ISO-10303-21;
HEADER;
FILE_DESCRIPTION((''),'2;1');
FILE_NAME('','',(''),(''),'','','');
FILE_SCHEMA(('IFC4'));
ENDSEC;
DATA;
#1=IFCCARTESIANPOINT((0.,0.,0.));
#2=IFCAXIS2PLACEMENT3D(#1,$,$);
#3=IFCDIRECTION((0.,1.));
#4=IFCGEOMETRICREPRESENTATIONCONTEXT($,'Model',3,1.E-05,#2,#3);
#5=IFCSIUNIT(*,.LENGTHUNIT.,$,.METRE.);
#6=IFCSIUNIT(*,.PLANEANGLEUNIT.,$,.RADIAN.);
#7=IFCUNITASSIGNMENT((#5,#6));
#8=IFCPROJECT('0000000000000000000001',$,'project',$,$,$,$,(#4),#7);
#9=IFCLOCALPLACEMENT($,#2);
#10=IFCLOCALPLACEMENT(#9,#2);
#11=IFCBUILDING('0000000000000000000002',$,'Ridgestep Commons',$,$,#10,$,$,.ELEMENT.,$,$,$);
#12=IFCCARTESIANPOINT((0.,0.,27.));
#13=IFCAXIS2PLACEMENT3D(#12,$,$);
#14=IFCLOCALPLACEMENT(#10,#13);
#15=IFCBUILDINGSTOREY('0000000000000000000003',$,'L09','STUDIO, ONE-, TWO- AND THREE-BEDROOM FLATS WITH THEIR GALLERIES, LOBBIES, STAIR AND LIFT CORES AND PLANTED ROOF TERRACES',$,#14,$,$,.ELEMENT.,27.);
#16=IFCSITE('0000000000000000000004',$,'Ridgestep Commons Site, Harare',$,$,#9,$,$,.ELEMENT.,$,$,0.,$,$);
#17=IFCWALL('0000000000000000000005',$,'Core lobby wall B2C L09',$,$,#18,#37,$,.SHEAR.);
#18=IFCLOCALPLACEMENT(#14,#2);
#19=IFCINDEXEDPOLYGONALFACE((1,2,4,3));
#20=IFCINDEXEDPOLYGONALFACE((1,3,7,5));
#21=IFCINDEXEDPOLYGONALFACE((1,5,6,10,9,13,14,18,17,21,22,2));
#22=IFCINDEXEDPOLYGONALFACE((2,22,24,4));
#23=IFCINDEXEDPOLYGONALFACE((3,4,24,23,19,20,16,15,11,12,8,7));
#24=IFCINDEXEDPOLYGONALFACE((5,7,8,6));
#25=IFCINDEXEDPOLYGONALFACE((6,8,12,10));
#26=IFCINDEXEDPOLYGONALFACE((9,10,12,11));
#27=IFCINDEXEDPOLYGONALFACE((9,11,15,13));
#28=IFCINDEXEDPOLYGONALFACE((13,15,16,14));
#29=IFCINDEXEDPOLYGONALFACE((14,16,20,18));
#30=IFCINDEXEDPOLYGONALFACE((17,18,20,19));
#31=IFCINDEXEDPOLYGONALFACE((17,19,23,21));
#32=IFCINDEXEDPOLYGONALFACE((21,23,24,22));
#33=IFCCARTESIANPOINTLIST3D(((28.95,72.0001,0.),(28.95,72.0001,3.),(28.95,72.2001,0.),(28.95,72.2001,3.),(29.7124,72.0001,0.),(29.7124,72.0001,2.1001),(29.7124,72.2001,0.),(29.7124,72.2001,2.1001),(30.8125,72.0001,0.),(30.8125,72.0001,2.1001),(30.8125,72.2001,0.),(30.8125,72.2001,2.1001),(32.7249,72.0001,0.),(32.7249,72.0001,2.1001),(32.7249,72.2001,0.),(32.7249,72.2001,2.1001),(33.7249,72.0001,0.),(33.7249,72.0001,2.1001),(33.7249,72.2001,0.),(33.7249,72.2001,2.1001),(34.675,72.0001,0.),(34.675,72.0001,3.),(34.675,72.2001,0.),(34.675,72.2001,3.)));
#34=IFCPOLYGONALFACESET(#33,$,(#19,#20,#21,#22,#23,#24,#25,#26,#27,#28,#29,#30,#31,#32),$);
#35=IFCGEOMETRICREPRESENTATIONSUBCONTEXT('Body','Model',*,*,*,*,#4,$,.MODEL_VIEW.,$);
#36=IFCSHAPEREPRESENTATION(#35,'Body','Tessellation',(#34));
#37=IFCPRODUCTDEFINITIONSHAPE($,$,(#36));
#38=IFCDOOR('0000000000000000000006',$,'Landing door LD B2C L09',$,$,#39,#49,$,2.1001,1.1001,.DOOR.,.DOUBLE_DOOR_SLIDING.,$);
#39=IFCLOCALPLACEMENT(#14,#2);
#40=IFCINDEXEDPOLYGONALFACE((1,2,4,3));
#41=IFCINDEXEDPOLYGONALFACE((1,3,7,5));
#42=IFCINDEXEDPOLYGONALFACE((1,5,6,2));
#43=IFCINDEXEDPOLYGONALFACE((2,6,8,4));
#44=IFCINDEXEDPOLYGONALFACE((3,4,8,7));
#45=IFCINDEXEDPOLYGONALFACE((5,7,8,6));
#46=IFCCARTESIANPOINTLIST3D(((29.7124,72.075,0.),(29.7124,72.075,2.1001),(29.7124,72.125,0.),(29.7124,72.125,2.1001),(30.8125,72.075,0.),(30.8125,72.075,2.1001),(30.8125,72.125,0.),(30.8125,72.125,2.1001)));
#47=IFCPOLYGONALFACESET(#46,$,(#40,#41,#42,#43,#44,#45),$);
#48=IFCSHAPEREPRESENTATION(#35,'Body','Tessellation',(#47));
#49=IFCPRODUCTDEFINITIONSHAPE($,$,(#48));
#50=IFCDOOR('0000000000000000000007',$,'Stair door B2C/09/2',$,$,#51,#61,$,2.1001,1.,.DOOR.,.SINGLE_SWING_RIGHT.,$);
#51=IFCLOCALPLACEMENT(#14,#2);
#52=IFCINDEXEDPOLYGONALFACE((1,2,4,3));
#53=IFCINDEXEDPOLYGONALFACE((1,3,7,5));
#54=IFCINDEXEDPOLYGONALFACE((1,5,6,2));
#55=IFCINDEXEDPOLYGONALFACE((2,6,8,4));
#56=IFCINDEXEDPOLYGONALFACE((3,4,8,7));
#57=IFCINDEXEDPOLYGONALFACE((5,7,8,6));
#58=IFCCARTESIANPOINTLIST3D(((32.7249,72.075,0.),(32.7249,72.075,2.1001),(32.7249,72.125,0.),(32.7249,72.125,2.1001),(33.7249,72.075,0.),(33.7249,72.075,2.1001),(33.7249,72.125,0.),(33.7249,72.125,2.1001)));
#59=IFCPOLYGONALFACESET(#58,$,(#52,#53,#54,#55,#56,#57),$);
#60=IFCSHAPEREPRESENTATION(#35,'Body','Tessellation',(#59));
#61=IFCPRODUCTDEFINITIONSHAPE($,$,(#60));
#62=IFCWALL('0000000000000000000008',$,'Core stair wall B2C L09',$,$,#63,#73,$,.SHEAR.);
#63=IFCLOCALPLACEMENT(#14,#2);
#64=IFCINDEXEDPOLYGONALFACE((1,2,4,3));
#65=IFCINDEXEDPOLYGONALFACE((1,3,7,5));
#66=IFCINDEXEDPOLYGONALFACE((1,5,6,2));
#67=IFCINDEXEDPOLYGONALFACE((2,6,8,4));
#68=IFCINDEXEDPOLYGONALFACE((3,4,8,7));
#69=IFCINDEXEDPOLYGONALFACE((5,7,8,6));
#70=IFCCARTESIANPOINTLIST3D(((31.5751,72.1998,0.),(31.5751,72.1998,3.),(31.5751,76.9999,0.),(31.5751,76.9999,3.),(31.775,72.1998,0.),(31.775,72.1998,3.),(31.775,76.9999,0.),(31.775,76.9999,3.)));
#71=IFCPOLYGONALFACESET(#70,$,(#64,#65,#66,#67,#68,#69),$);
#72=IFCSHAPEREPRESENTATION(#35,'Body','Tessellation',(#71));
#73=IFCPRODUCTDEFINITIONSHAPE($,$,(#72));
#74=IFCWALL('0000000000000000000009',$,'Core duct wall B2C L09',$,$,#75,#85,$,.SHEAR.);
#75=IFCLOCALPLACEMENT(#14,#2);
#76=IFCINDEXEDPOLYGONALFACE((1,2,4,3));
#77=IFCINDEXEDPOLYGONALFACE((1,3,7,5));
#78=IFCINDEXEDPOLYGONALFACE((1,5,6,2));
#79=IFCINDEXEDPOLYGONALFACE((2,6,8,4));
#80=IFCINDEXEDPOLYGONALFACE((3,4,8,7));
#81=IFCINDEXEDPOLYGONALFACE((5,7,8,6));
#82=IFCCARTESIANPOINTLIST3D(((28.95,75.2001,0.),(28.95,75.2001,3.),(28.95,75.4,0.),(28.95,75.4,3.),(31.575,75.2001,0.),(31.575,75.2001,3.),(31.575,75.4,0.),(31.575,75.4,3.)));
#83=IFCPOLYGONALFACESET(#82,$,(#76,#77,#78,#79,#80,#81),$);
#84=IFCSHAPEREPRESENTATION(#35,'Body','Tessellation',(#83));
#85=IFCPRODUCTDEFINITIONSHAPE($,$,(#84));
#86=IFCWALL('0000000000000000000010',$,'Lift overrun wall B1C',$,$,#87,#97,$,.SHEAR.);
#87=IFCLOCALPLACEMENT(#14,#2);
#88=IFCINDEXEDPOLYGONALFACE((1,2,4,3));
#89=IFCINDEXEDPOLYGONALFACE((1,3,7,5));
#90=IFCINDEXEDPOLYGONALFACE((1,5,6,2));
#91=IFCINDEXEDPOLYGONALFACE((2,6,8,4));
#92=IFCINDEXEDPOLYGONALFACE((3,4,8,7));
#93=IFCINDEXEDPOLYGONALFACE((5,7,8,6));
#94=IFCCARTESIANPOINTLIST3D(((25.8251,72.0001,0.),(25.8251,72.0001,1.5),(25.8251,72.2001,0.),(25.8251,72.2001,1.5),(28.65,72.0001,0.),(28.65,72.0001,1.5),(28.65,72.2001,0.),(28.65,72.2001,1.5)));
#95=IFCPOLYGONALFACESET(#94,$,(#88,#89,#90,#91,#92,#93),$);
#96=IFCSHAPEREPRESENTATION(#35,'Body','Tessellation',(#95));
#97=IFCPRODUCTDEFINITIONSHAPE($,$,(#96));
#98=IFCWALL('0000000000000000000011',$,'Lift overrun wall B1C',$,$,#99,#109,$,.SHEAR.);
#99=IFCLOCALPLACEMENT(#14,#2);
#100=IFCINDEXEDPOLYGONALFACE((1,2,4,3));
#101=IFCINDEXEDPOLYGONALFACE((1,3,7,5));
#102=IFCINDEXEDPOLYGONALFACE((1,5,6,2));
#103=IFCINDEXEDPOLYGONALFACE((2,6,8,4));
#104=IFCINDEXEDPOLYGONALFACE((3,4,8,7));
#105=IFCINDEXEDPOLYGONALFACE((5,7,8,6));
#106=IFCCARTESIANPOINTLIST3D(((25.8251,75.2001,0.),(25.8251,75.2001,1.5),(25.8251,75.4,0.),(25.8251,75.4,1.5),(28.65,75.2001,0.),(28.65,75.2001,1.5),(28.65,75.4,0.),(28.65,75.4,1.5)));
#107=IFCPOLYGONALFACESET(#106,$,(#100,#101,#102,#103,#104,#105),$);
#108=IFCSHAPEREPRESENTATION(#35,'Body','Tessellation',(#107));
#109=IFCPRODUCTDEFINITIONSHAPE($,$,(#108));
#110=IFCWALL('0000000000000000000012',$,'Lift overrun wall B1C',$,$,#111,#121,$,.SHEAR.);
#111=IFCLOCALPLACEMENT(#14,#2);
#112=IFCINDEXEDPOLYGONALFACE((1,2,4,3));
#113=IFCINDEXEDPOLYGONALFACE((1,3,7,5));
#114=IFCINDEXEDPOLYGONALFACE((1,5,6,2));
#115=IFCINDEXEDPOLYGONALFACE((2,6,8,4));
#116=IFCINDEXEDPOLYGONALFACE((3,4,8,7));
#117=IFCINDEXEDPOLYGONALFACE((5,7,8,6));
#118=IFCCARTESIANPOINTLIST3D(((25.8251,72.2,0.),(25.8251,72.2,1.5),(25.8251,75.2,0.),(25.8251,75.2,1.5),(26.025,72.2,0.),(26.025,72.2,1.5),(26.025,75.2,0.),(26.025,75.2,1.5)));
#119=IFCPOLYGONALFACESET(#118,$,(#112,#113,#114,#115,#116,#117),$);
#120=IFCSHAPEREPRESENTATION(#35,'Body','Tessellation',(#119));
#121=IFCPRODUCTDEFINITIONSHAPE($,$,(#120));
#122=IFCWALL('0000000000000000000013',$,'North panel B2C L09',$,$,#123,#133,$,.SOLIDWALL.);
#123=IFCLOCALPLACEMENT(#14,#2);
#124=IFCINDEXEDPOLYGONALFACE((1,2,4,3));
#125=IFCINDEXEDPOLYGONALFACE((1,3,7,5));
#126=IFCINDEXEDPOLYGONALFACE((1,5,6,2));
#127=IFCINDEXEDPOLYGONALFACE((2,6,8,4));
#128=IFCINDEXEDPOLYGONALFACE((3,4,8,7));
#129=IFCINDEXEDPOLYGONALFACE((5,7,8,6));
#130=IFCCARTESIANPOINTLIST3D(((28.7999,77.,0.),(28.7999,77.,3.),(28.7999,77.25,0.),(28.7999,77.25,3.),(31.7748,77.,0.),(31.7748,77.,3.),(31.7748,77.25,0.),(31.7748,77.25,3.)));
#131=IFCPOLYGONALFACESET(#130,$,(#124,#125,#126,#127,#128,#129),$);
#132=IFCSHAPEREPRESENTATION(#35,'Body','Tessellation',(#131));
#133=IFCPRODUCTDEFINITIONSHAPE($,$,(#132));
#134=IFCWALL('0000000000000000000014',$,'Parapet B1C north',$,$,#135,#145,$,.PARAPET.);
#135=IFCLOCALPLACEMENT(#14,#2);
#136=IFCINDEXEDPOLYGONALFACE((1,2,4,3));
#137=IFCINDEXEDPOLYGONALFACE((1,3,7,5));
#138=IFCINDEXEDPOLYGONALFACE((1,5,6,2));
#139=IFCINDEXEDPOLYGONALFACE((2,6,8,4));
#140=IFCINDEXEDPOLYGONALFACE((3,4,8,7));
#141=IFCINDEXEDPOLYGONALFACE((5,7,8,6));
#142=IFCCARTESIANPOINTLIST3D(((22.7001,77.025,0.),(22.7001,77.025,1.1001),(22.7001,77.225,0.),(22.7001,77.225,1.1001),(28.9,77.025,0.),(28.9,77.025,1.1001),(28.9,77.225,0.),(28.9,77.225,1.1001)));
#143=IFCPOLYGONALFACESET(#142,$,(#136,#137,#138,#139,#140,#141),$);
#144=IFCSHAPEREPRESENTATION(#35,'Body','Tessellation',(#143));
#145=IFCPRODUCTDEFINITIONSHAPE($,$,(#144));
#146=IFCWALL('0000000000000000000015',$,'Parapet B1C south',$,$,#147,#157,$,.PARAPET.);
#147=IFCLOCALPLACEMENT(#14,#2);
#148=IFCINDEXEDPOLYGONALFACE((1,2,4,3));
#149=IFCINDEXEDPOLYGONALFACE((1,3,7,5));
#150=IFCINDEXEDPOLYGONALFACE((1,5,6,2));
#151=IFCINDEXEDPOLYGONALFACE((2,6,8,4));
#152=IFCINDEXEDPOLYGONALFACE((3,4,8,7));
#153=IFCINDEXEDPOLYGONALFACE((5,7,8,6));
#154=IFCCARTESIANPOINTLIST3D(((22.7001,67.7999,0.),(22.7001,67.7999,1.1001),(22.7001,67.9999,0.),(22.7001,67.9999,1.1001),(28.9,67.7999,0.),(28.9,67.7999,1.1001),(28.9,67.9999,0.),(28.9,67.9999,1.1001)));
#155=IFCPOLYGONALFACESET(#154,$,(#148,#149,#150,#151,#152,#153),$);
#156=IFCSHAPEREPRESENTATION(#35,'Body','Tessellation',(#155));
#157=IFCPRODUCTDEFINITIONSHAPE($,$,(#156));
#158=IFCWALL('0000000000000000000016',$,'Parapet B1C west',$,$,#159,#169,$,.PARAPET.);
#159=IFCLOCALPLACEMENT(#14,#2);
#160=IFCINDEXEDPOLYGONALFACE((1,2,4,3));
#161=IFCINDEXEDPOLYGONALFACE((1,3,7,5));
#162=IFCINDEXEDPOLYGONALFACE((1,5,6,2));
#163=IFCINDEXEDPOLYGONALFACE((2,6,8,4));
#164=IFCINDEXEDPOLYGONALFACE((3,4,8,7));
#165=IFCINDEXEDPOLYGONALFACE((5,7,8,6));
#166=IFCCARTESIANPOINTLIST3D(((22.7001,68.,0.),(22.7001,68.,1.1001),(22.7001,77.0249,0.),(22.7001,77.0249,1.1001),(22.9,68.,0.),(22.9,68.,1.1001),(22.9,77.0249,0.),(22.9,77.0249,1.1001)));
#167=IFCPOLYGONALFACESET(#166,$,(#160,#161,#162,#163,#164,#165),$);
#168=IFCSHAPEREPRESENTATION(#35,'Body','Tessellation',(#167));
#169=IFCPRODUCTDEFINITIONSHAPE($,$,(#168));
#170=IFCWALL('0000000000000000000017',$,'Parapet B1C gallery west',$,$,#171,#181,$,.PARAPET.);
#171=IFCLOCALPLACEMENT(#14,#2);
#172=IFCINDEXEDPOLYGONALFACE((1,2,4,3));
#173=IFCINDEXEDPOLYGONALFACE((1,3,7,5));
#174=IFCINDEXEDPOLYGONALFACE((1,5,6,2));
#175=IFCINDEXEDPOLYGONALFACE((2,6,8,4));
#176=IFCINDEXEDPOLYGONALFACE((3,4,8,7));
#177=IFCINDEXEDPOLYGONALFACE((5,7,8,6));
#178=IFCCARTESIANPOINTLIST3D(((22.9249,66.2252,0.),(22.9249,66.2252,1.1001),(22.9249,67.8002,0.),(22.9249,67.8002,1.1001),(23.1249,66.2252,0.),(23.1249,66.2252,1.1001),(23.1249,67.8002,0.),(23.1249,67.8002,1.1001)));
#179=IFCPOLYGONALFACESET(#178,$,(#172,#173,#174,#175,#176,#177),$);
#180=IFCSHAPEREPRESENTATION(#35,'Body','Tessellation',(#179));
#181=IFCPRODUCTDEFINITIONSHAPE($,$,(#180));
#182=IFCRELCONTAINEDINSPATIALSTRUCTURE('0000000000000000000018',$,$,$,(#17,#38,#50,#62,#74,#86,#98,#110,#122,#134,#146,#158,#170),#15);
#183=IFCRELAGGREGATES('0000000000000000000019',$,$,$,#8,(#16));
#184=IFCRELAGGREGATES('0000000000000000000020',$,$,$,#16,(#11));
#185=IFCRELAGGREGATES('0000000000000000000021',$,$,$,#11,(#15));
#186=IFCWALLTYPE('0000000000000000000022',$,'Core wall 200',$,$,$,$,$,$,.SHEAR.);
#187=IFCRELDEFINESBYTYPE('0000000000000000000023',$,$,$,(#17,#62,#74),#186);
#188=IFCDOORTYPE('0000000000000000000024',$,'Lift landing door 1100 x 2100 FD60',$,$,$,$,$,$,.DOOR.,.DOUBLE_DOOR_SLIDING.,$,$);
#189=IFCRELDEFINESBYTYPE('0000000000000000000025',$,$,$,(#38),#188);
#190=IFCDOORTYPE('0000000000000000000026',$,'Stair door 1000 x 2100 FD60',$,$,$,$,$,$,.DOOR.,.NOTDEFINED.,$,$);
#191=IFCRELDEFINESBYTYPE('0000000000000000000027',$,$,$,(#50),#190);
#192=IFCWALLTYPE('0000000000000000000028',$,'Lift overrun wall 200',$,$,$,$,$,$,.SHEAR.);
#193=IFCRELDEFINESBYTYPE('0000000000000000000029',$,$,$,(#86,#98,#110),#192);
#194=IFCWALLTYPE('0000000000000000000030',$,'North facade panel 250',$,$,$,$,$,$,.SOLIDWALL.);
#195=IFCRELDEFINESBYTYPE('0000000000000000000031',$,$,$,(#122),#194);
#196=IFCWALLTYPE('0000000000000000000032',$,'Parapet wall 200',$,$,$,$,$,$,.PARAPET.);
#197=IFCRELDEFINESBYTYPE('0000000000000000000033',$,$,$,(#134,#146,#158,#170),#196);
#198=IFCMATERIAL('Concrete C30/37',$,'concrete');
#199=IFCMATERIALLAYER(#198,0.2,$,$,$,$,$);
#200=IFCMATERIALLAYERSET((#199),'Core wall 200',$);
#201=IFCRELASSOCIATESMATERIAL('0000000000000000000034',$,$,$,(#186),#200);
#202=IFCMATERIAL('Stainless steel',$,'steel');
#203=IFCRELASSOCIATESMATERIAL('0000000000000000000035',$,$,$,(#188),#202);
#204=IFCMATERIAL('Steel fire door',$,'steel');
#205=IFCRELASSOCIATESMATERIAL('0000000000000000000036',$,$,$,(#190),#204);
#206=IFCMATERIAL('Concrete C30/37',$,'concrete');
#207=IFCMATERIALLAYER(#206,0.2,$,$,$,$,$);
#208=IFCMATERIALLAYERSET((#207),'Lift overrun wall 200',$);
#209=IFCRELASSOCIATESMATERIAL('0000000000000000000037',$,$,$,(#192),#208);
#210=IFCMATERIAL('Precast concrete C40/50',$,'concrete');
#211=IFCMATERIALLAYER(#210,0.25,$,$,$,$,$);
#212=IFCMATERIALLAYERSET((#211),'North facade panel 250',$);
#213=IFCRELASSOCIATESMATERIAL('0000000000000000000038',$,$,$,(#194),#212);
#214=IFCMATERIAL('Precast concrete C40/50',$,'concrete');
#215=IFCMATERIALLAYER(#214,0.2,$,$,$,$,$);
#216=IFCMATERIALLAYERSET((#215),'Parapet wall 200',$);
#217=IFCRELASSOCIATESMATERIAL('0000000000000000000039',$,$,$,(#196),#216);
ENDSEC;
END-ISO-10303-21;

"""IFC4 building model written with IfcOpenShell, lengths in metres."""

from ifc_helpers import new_model, si_unit, direction, frame, frame_2d, origin, place, context, subcontext, project, spatial, rectangle, extrude, material, layer, layer_set, type_object, element, fill, save


model = new_model("IFC4")

# Units and contexts
model_context = context("Model", 3, precision=1e-05, world=origin(), true_north=direction((0.0, 1.0)))
body_context = subcontext(model_context, "Body", "Model", "MODEL_VIEW")
ifc_project = project(units=[si_unit("LENGTHUNIT", "METRE"), si_unit("PLANEANGLEUNIT", "RADIAN")], contexts=[model_context])

# Site, building, storey
site_placement = place(None, origin())
site = spatial("IfcSite", under=ifc_project, at=site_placement, Name="Ridgestep Commons Site, Harare", CompositionType="ELEMENT", RefElevation=0.0)
building_placement = place(site_placement, origin())
building = spatial("IfcBuilding", under=site, at=building_placement, Name="Ridgestep Commons", CompositionType="ELEMENT")
storey_placement = place(building_placement, frame((0.0, 0.0, 27.0)))
storey = spatial("IfcBuildingStorey", under=building, at=storey_placement, Name="L09", Description="STUDIO, ONE-, TWO- AND THREE-BEDROOM FLATS WITH THEIR GALLERIES, LOBBIES, STAIR AND LIFT CORES AND PLANTED ROOF TERRACES", CompositionType="ELEMENT", Elevation=27.0)

# Wall, openings, doors
ifc_material_1 = material(Name="Concrete C30/37", Category="concrete")
ifc_layer_1 = layer(ifc_material_1, 0.2)
ifc_layer_set_1 = layer_set([ifc_layer_1], Name="Core wall 200")
wall_type_1 = type_object("IfcWallType", Name="Core wall 200", PredefinedType="SHEAR", material=ifc_layer_set_1)
wall_1_placement = place(storey_placement, frame((28.95, 72.1001, 0.0), z_axis=(0.0, 0.0, 1.0), x_axis=(1.0, 0.0, 0.0)))
wall_1 = element("IfcWall", 1, at=wall_1_placement, inside=storey, type_object=wall_type_1, Name="Core lobby wall B2C L09", PredefinedType="SHEAR", context=body_context, shape_type="SweptSolid", body=[
    extrude(rectangle(XDim=5.7251, YDim=0.2, at=frame_2d((2.8625, 0.0))), origin(), (0.0, 0.0, 1.0), 3.0),
])
opening_1_placement = place(wall_1_placement, frame((3.7749, 0.0, 0.0)))
opening_1 = element("IfcOpeningElement", 2, at=opening_1_placement, cuts=wall_1, PredefinedType="OPENING", context=body_context, shape_type="SweptSolid", body=[
    extrude(rectangle(XDim=1.0, YDim=2.1001, at=frame_2d((0.5, 1.05))), frame((0.0, 0.1099, 0.0), z_axis=(0.0, -1.0, 0.0), x_axis=(1.0, 0.0, 0.0)), (0.0, 0.0, 1.0), 0.22),
])
opening_2_placement = place(wall_1_placement, frame((0.7625, 0.0, 0.0)))
opening_2 = element("IfcOpeningElement", 3, at=opening_2_placement, cuts=wall_1, PredefinedType="OPENING", context=body_context, shape_type="SweptSolid", body=[
    extrude(rectangle(XDim=1.1001, YDim=2.1001, at=frame_2d((0.55, 1.05))), frame((0.0, 0.1099, 0.0), z_axis=(0.0, -1.0, 0.0), x_axis=(1.0, 0.0, 0.0)), (0.0, 0.0, 1.0), 0.22),
])
ifc_material_2 = material(Name="Stainless steel", Category="steel")
door_type_1 = type_object("IfcDoorType", Name="Lift landing door 1100 x 2100 FD60", OperationType="DOUBLE_DOOR_SLIDING", PredefinedType="DOOR", material=ifc_material_2)
door_1_placement = place(opening_2_placement, origin())
door_1 = element("IfcDoor", 4, at=door_1_placement, inside=storey, type_object=door_type_1, Name="Landing door LD B2C L09", OperationType="DOUBLE_DOOR_SLIDING", OverallHeight=2.1001, OverallWidth=1.1001, PredefinedType="DOOR", context=body_context, shape_type="SweptSolid", body=[
    extrude(rectangle(XDim=1.1001, YDim=2.1001, at=frame_2d((0.55, 1.05))), frame((0.0, 0.0249, 0.0), z_axis=(0.0, -1.0, 0.0), x_axis=(1.0, 0.0, 0.0)), (0.0, 0.0, 1.0), 0.05),
])
fill(opening_2, door_1)
ifc_material_3 = material(Name="Steel fire door", Category="steel")
door_type_2 = type_object("IfcDoorType", Name="Stair door 1000 x 2100 FD60", OperationType="NOTDEFINED", PredefinedType="DOOR", material=ifc_material_3)
door_2_placement = place(opening_1_placement, origin())
door_2 = element("IfcDoor", 5, at=door_2_placement, inside=storey, type_object=door_type_2, Name="Stair door B2C/09/2", OperationType="SINGLE_SWING_RIGHT", OverallHeight=2.1001, OverallWidth=1.0, PredefinedType="DOOR", context=body_context, shape_type="SweptSolid", body=[
    extrude(rectangle(XDim=1.0, YDim=2.1001, at=frame_2d((0.5, 1.05))), frame((0.0, 0.0249, 0.0), z_axis=(0.0, -1.0, 0.0), x_axis=(1.0, 0.0, 0.0)), (0.0, 0.0, 1.0), 0.05),
])
fill(opening_1, door_2)

# Walls
wall_2_placement = place(storey_placement, frame((31.675, 72.2, 0.0), z_axis=(0.0, 0.0, 1.0), x_axis=(0.0, 1.0, 0.0)))
element("IfcWall", 6, at=wall_2_placement, inside=storey, type_object=wall_type_1, Name="Core stair wall B2C L09", PredefinedType="SHEAR", context=body_context, shape_type="SweptSolid", body=[
    extrude(rectangle(XDim=4.8, YDim=0.2, at=frame_2d((2.3999, 0.0))), origin(), (0.0, 0.0, 1.0), 3.0),
])
wall_3_placement = place(storey_placement, frame((28.95, 75.3, 0.0), z_axis=(0.0, 0.0, 1.0), x_axis=(1.0, 0.0, 0.0)))
element("IfcWall", 7, at=wall_3_placement, inside=storey, type_object=wall_type_1, Name="Core duct wall B2C L09", PredefinedType="SHEAR", context=body_context, shape_type="SweptSolid", body=[
    extrude(rectangle(XDim=2.625, YDim=0.2, at=frame_2d((1.3125, 0.0))), origin(), (0.0, 0.0, 1.0), 3.0),
])
ifc_material_4 = material(Name="Concrete C30/37", Category="concrete")
ifc_layer_2 = layer(ifc_material_4, 0.2)
ifc_layer_set_2 = layer_set([ifc_layer_2], Name="Lift overrun wall 200")
wall_type_2 = type_object("IfcWallType", Name="Lift overrun wall 200", PredefinedType="SHEAR", material=ifc_layer_set_2)
for number, where, z_axis, x_axis, name in (
    (8, (25.825, 72.1001, 0.0), (0.0, 0.0, 1.0), (1.0, 0.0, 0.0), "Lift overrun wall B1C"),
    (9, (25.825, 75.3, 0.0), (0.0, 0.0, 1.0), (1.0, 0.0, 0.0), "Lift overrun wall B1C"),
):
    element("IfcWall", number, at=place(storey_placement, frame(where, z_axis=z_axis, x_axis=x_axis)), inside=storey, type_object=wall_type_2, Name=name, PredefinedType="SHEAR", context=body_context, shape_type="SweptSolid", body=[
        extrude(rectangle(XDim=2.825, YDim=0.2, at=frame_2d((1.4126, 0.0))), origin(), (0.0, 0.0, 1.0), 1.5),
    ])
wall_4_placement = place(storey_placement, frame((25.925, 72.2, 0.0), z_axis=(0.0, 0.0, 1.0), x_axis=(0.0, 1.0, 0.0)))
element("IfcWall", 10, at=wall_4_placement, inside=storey, type_object=wall_type_2, Name="Lift overrun wall B1C", PredefinedType="SHEAR", context=body_context, shape_type="SweptSolid", body=[
    extrude(rectangle(XDim=3.0, YDim=0.2, at=frame_2d((1.5, 0.0))), origin(), (0.0, 0.0, 1.0), 1.5),
])
ifc_material_5 = material(Name="Precast concrete C40/50", Category="concrete")
ifc_layer_3 = layer(ifc_material_5, 0.25)
ifc_layer_set_3 = layer_set([ifc_layer_3], Name="North facade panel 250")
wall_type_3 = type_object("IfcWallType", Name="North facade panel 250", PredefinedType="SOLIDWALL", material=ifc_layer_set_3)
wall_5_placement = place(storey_placement, frame((28.8, 77.125, 0.0), z_axis=(0.0, 0.0, 1.0), x_axis=(1.0, 0.0, 0.0)))
element("IfcWall", 11, at=wall_5_placement, inside=storey, type_object=wall_type_3, Name="North panel B2C L09", PredefinedType="SOLIDWALL", context=body_context, shape_type="SweptSolid", body=[
    extrude(rectangle(XDim=2.9749, YDim=0.25, at=frame_2d((1.4873, 0.0))), origin(), (0.0, 0.0, 1.0), 3.0),
])
ifc_material_6 = material(Name="Precast concrete C40/50", Category="concrete")
ifc_layer_4 = layer(ifc_material_6, 0.2)
ifc_layer_set_4 = layer_set([ifc_layer_4], Name="Parapet wall 200")
wall_type_4 = type_object("IfcWallType", Name="Parapet wall 200", PredefinedType="PARAPET", material=ifc_layer_set_4)
for number, where, z_axis, x_axis, name in (
    (12, (22.7, 77.125, 0.0), (0.0, 0.0, 1.0), (1.0, 0.0, 0.0), "Parapet B1C north"),
    (13, (22.7, 67.8999, 0.0), (0.0, 0.0, 1.0), (1.0, 0.0, 0.0), "Parapet B1C south"),
):
    element("IfcWall", number, at=place(storey_placement, frame(where, z_axis=z_axis, x_axis=x_axis)), inside=storey, type_object=wall_type_4, Name=name, PredefinedType="PARAPET", context=body_context, shape_type="SweptSolid", body=[
        extrude(rectangle(XDim=6.2, YDim=0.2, at=frame_2d((3.1001, 0.0))), origin(), (0.0, 0.0, 1.0), 1.1001),
    ])
wall_6_placement = place(storey_placement, frame((22.8, 68.0, 0.0), z_axis=(0.0, 0.0, 1.0), x_axis=(0.0, 1.0, 0.0)))
element("IfcWall", 14, at=wall_6_placement, inside=storey, type_object=wall_type_4, Name="Parapet B1C west", PredefinedType="PARAPET", context=body_context, shape_type="SweptSolid", body=[
    extrude(rectangle(XDim=9.0249, YDim=0.2, at=frame_2d((4.5125, 0.0))), origin(), (0.0, 0.0, 1.0), 1.1001),
])
wall_7_placement = place(storey_placement, frame((23.0249, 66.2251, 0.0), z_axis=(0.0, 0.0, 1.0), x_axis=(0.0, 1.0, 0.0)))
element("IfcWall", 15, at=wall_7_placement, inside=storey, type_object=wall_type_4, Name="Parapet B1C gallery west", PredefinedType="PARAPET", context=body_context, shape_type="SweptSolid", body=[
    extrude(rectangle(XDim=1.575, YDim=0.2, at=frame_2d((0.7876, 0.0))), origin(), (0.0, 0.0, 1.0), 1.1001),
])

save(model, "model.ifc")
